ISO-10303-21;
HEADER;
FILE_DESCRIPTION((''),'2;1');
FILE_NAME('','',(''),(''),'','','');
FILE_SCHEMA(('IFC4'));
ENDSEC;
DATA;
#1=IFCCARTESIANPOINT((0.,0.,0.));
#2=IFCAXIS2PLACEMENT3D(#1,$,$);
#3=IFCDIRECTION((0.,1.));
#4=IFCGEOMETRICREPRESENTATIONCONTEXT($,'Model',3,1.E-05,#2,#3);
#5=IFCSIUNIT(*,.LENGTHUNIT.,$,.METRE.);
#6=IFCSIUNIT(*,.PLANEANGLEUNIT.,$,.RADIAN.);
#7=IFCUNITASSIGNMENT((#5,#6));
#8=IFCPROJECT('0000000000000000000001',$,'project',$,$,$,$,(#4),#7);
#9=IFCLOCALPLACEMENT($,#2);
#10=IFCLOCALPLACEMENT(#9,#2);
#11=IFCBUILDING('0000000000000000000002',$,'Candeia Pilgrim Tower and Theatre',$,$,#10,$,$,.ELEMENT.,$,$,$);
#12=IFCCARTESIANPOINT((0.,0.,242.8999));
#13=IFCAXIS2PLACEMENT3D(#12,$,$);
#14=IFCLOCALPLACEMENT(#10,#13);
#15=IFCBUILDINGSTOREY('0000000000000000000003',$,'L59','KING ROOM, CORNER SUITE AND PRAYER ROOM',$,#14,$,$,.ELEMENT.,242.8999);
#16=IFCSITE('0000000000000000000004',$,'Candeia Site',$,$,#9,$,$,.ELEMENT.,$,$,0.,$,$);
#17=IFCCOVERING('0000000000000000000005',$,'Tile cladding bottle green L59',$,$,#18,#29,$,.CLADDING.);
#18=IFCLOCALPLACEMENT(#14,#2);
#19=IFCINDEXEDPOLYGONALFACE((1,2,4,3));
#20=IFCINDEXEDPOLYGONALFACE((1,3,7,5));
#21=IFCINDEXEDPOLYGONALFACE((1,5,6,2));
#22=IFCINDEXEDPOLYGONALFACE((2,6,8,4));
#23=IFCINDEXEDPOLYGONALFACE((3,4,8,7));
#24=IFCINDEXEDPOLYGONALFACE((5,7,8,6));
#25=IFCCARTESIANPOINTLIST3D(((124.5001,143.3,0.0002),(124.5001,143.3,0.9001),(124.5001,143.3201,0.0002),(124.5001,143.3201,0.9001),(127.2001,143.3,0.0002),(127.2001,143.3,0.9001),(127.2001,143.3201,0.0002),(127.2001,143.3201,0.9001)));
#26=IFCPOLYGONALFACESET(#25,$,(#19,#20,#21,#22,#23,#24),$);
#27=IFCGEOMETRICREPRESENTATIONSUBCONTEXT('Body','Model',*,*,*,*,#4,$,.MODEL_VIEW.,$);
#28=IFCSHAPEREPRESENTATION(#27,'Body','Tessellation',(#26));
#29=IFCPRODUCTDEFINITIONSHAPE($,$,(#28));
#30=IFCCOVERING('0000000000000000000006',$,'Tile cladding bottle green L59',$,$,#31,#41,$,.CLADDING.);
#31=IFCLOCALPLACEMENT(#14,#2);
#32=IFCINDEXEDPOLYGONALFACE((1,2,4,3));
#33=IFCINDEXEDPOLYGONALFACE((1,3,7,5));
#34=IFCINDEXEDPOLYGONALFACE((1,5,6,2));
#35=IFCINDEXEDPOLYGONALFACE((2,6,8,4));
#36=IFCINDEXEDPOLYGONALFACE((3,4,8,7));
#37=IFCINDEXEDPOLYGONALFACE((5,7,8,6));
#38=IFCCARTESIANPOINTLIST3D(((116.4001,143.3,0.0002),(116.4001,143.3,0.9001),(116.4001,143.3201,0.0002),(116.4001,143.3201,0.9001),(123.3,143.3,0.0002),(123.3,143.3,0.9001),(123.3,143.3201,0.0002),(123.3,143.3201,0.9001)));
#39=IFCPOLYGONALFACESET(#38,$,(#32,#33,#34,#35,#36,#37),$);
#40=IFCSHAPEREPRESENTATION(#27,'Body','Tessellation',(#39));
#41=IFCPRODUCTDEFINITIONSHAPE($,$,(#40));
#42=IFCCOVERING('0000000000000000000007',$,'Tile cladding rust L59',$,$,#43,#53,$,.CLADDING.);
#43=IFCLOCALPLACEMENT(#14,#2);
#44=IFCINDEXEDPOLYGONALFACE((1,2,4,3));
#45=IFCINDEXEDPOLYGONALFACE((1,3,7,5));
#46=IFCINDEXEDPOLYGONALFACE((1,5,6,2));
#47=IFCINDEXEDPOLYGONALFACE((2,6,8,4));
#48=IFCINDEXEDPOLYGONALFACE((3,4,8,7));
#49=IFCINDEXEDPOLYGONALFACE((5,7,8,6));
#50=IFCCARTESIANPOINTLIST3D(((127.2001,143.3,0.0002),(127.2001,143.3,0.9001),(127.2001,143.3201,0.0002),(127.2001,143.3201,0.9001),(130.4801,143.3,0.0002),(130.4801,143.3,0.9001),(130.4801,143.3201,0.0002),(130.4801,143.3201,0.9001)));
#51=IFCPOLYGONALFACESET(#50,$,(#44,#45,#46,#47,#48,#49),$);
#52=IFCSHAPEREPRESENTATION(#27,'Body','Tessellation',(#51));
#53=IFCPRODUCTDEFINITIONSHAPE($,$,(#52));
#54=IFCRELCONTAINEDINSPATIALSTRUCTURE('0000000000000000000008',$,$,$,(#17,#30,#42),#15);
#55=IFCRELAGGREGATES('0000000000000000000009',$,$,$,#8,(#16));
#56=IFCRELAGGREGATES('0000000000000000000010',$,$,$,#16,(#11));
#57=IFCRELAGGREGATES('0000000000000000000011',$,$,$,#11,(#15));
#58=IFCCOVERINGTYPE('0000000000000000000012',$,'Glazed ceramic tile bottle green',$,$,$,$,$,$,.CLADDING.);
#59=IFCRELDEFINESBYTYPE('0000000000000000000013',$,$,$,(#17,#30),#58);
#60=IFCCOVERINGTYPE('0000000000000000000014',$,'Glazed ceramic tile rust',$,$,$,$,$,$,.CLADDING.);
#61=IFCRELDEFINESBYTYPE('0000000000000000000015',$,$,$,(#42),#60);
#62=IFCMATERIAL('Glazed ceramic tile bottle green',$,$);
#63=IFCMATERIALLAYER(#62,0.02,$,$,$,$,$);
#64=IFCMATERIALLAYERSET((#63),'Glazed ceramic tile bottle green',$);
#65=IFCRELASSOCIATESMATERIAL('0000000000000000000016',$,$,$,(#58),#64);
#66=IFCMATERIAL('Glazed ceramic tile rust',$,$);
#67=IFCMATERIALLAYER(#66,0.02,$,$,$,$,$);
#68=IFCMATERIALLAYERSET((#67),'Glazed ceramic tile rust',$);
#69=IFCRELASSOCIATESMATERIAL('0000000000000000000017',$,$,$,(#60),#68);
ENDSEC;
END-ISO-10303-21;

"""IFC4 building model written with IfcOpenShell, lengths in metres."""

from ifc_helpers import new_model, si_unit, direction, frame, origin, origin_2d, place, context, subcontext, project, spatial, rectangle, extrude, material, layer, layer_set, type_object, element, save


model = new_model("IFC4")

# Units and contexts
model_context = context("Model", 3, precision=1e-05, world=origin(), true_north=direction((0.0, 1.0)))
body_context = subcontext(model_context, "Body", "Model", "MODEL_VIEW")
ifc_project = project(units=[si_unit("LENGTHUNIT", "METRE"), si_unit("PLANEANGLEUNIT", "RADIAN")], contexts=[model_context])

# Site, building, storey
site_placement = place(None, origin())
site = spatial("IfcSite", under=ifc_project, at=site_placement, Name="Candeia Site", CompositionType="ELEMENT", RefElevation=0.0)
building_placement = place(site_placement, origin())
building = spatial("IfcBuilding", under=site, at=building_placement, Name="Candeia Pilgrim Tower and Theatre", CompositionType="ELEMENT")
storey_placement = place(building_placement, frame((0.0, 0.0, 242.8999)))
storey = spatial("IfcBuildingStorey", under=building, at=storey_placement, Name="L59", Description="KING ROOM, CORNER SUITE AND PRAYER ROOM", CompositionType="ELEMENT", Elevation=242.8999)

# Coverings
ifc_material_1 = material(Name="Glazed ceramic tile bottle green")
ifc_layer_1 = layer(ifc_material_1, 0.02)
ifc_layer_set_1 = layer_set([ifc_layer_1], Name="Glazed ceramic tile bottle green")
covering_type_1 = type_object("IfcCoveringType", Name="Glazed ceramic tile bottle green", PredefinedType="CLADDING", material=ifc_layer_set_1)
covering_1_placement = place(storey_placement, frame((125.8501, 143.3101, 0.0002), z_axis=(0.0, 0.0, 1.0), x_axis=(-1.0, 0.0, 0.0)))
element("IfcCovering", 1, at=covering_1_placement, inside=storey, type_object=covering_type_1, Name="Tile cladding bottle green L59", PredefinedType="CLADDING", context=body_context, shape_type="SweptSolid", body=[
    extrude(rectangle(XDim=2.7, YDim=0.02, at=origin_2d()), origin(), (0.0, 0.0, 1.0), 0.8999),
])
covering_2_placement = place(storey_placement, frame((119.8501, 143.3101, 0.0002), z_axis=(0.0, 0.0, 1.0), x_axis=(-1.0, 0.0, 0.0)))
element("IfcCovering", 2, at=covering_2_placement, inside=storey, type_object=covering_type_1, Name="Tile cladding bottle green L59", PredefinedType="CLADDING", context=body_context, shape_type="SweptSolid", body=[
    extrude(rectangle(XDim=6.8999, YDim=0.02, at=origin_2d()), origin(), (0.0, 0.0, 1.0), 0.8999),
])
ifc_material_2 = material(Name="Glazed ceramic tile rust")
ifc_layer_2 = layer(ifc_material_2, 0.02)
ifc_layer_set_2 = layer_set([ifc_layer_2], Name="Glazed ceramic tile rust")
covering_type_2 = type_object("IfcCoveringType", Name="Glazed ceramic tile rust", PredefinedType="CLADDING", material=ifc_layer_set_2)
covering_3_placement = place(storey_placement, frame((128.8401, 143.3101, 0.0002), z_axis=(0.0, 0.0, 1.0), x_axis=(-1.0, 0.0, 0.0)))
element("IfcCovering", 3, at=covering_3_placement, inside=storey, type_object=covering_type_2, Name="Tile cladding rust L59", PredefinedType="CLADDING", context=body_context, shape_type="SweptSolid", body=[
    extrude(rectangle(XDim=3.28, YDim=0.02, at=origin_2d()), origin(), (0.0, 0.0, 1.0), 0.8999),
])

save(model, "model.ifc")
